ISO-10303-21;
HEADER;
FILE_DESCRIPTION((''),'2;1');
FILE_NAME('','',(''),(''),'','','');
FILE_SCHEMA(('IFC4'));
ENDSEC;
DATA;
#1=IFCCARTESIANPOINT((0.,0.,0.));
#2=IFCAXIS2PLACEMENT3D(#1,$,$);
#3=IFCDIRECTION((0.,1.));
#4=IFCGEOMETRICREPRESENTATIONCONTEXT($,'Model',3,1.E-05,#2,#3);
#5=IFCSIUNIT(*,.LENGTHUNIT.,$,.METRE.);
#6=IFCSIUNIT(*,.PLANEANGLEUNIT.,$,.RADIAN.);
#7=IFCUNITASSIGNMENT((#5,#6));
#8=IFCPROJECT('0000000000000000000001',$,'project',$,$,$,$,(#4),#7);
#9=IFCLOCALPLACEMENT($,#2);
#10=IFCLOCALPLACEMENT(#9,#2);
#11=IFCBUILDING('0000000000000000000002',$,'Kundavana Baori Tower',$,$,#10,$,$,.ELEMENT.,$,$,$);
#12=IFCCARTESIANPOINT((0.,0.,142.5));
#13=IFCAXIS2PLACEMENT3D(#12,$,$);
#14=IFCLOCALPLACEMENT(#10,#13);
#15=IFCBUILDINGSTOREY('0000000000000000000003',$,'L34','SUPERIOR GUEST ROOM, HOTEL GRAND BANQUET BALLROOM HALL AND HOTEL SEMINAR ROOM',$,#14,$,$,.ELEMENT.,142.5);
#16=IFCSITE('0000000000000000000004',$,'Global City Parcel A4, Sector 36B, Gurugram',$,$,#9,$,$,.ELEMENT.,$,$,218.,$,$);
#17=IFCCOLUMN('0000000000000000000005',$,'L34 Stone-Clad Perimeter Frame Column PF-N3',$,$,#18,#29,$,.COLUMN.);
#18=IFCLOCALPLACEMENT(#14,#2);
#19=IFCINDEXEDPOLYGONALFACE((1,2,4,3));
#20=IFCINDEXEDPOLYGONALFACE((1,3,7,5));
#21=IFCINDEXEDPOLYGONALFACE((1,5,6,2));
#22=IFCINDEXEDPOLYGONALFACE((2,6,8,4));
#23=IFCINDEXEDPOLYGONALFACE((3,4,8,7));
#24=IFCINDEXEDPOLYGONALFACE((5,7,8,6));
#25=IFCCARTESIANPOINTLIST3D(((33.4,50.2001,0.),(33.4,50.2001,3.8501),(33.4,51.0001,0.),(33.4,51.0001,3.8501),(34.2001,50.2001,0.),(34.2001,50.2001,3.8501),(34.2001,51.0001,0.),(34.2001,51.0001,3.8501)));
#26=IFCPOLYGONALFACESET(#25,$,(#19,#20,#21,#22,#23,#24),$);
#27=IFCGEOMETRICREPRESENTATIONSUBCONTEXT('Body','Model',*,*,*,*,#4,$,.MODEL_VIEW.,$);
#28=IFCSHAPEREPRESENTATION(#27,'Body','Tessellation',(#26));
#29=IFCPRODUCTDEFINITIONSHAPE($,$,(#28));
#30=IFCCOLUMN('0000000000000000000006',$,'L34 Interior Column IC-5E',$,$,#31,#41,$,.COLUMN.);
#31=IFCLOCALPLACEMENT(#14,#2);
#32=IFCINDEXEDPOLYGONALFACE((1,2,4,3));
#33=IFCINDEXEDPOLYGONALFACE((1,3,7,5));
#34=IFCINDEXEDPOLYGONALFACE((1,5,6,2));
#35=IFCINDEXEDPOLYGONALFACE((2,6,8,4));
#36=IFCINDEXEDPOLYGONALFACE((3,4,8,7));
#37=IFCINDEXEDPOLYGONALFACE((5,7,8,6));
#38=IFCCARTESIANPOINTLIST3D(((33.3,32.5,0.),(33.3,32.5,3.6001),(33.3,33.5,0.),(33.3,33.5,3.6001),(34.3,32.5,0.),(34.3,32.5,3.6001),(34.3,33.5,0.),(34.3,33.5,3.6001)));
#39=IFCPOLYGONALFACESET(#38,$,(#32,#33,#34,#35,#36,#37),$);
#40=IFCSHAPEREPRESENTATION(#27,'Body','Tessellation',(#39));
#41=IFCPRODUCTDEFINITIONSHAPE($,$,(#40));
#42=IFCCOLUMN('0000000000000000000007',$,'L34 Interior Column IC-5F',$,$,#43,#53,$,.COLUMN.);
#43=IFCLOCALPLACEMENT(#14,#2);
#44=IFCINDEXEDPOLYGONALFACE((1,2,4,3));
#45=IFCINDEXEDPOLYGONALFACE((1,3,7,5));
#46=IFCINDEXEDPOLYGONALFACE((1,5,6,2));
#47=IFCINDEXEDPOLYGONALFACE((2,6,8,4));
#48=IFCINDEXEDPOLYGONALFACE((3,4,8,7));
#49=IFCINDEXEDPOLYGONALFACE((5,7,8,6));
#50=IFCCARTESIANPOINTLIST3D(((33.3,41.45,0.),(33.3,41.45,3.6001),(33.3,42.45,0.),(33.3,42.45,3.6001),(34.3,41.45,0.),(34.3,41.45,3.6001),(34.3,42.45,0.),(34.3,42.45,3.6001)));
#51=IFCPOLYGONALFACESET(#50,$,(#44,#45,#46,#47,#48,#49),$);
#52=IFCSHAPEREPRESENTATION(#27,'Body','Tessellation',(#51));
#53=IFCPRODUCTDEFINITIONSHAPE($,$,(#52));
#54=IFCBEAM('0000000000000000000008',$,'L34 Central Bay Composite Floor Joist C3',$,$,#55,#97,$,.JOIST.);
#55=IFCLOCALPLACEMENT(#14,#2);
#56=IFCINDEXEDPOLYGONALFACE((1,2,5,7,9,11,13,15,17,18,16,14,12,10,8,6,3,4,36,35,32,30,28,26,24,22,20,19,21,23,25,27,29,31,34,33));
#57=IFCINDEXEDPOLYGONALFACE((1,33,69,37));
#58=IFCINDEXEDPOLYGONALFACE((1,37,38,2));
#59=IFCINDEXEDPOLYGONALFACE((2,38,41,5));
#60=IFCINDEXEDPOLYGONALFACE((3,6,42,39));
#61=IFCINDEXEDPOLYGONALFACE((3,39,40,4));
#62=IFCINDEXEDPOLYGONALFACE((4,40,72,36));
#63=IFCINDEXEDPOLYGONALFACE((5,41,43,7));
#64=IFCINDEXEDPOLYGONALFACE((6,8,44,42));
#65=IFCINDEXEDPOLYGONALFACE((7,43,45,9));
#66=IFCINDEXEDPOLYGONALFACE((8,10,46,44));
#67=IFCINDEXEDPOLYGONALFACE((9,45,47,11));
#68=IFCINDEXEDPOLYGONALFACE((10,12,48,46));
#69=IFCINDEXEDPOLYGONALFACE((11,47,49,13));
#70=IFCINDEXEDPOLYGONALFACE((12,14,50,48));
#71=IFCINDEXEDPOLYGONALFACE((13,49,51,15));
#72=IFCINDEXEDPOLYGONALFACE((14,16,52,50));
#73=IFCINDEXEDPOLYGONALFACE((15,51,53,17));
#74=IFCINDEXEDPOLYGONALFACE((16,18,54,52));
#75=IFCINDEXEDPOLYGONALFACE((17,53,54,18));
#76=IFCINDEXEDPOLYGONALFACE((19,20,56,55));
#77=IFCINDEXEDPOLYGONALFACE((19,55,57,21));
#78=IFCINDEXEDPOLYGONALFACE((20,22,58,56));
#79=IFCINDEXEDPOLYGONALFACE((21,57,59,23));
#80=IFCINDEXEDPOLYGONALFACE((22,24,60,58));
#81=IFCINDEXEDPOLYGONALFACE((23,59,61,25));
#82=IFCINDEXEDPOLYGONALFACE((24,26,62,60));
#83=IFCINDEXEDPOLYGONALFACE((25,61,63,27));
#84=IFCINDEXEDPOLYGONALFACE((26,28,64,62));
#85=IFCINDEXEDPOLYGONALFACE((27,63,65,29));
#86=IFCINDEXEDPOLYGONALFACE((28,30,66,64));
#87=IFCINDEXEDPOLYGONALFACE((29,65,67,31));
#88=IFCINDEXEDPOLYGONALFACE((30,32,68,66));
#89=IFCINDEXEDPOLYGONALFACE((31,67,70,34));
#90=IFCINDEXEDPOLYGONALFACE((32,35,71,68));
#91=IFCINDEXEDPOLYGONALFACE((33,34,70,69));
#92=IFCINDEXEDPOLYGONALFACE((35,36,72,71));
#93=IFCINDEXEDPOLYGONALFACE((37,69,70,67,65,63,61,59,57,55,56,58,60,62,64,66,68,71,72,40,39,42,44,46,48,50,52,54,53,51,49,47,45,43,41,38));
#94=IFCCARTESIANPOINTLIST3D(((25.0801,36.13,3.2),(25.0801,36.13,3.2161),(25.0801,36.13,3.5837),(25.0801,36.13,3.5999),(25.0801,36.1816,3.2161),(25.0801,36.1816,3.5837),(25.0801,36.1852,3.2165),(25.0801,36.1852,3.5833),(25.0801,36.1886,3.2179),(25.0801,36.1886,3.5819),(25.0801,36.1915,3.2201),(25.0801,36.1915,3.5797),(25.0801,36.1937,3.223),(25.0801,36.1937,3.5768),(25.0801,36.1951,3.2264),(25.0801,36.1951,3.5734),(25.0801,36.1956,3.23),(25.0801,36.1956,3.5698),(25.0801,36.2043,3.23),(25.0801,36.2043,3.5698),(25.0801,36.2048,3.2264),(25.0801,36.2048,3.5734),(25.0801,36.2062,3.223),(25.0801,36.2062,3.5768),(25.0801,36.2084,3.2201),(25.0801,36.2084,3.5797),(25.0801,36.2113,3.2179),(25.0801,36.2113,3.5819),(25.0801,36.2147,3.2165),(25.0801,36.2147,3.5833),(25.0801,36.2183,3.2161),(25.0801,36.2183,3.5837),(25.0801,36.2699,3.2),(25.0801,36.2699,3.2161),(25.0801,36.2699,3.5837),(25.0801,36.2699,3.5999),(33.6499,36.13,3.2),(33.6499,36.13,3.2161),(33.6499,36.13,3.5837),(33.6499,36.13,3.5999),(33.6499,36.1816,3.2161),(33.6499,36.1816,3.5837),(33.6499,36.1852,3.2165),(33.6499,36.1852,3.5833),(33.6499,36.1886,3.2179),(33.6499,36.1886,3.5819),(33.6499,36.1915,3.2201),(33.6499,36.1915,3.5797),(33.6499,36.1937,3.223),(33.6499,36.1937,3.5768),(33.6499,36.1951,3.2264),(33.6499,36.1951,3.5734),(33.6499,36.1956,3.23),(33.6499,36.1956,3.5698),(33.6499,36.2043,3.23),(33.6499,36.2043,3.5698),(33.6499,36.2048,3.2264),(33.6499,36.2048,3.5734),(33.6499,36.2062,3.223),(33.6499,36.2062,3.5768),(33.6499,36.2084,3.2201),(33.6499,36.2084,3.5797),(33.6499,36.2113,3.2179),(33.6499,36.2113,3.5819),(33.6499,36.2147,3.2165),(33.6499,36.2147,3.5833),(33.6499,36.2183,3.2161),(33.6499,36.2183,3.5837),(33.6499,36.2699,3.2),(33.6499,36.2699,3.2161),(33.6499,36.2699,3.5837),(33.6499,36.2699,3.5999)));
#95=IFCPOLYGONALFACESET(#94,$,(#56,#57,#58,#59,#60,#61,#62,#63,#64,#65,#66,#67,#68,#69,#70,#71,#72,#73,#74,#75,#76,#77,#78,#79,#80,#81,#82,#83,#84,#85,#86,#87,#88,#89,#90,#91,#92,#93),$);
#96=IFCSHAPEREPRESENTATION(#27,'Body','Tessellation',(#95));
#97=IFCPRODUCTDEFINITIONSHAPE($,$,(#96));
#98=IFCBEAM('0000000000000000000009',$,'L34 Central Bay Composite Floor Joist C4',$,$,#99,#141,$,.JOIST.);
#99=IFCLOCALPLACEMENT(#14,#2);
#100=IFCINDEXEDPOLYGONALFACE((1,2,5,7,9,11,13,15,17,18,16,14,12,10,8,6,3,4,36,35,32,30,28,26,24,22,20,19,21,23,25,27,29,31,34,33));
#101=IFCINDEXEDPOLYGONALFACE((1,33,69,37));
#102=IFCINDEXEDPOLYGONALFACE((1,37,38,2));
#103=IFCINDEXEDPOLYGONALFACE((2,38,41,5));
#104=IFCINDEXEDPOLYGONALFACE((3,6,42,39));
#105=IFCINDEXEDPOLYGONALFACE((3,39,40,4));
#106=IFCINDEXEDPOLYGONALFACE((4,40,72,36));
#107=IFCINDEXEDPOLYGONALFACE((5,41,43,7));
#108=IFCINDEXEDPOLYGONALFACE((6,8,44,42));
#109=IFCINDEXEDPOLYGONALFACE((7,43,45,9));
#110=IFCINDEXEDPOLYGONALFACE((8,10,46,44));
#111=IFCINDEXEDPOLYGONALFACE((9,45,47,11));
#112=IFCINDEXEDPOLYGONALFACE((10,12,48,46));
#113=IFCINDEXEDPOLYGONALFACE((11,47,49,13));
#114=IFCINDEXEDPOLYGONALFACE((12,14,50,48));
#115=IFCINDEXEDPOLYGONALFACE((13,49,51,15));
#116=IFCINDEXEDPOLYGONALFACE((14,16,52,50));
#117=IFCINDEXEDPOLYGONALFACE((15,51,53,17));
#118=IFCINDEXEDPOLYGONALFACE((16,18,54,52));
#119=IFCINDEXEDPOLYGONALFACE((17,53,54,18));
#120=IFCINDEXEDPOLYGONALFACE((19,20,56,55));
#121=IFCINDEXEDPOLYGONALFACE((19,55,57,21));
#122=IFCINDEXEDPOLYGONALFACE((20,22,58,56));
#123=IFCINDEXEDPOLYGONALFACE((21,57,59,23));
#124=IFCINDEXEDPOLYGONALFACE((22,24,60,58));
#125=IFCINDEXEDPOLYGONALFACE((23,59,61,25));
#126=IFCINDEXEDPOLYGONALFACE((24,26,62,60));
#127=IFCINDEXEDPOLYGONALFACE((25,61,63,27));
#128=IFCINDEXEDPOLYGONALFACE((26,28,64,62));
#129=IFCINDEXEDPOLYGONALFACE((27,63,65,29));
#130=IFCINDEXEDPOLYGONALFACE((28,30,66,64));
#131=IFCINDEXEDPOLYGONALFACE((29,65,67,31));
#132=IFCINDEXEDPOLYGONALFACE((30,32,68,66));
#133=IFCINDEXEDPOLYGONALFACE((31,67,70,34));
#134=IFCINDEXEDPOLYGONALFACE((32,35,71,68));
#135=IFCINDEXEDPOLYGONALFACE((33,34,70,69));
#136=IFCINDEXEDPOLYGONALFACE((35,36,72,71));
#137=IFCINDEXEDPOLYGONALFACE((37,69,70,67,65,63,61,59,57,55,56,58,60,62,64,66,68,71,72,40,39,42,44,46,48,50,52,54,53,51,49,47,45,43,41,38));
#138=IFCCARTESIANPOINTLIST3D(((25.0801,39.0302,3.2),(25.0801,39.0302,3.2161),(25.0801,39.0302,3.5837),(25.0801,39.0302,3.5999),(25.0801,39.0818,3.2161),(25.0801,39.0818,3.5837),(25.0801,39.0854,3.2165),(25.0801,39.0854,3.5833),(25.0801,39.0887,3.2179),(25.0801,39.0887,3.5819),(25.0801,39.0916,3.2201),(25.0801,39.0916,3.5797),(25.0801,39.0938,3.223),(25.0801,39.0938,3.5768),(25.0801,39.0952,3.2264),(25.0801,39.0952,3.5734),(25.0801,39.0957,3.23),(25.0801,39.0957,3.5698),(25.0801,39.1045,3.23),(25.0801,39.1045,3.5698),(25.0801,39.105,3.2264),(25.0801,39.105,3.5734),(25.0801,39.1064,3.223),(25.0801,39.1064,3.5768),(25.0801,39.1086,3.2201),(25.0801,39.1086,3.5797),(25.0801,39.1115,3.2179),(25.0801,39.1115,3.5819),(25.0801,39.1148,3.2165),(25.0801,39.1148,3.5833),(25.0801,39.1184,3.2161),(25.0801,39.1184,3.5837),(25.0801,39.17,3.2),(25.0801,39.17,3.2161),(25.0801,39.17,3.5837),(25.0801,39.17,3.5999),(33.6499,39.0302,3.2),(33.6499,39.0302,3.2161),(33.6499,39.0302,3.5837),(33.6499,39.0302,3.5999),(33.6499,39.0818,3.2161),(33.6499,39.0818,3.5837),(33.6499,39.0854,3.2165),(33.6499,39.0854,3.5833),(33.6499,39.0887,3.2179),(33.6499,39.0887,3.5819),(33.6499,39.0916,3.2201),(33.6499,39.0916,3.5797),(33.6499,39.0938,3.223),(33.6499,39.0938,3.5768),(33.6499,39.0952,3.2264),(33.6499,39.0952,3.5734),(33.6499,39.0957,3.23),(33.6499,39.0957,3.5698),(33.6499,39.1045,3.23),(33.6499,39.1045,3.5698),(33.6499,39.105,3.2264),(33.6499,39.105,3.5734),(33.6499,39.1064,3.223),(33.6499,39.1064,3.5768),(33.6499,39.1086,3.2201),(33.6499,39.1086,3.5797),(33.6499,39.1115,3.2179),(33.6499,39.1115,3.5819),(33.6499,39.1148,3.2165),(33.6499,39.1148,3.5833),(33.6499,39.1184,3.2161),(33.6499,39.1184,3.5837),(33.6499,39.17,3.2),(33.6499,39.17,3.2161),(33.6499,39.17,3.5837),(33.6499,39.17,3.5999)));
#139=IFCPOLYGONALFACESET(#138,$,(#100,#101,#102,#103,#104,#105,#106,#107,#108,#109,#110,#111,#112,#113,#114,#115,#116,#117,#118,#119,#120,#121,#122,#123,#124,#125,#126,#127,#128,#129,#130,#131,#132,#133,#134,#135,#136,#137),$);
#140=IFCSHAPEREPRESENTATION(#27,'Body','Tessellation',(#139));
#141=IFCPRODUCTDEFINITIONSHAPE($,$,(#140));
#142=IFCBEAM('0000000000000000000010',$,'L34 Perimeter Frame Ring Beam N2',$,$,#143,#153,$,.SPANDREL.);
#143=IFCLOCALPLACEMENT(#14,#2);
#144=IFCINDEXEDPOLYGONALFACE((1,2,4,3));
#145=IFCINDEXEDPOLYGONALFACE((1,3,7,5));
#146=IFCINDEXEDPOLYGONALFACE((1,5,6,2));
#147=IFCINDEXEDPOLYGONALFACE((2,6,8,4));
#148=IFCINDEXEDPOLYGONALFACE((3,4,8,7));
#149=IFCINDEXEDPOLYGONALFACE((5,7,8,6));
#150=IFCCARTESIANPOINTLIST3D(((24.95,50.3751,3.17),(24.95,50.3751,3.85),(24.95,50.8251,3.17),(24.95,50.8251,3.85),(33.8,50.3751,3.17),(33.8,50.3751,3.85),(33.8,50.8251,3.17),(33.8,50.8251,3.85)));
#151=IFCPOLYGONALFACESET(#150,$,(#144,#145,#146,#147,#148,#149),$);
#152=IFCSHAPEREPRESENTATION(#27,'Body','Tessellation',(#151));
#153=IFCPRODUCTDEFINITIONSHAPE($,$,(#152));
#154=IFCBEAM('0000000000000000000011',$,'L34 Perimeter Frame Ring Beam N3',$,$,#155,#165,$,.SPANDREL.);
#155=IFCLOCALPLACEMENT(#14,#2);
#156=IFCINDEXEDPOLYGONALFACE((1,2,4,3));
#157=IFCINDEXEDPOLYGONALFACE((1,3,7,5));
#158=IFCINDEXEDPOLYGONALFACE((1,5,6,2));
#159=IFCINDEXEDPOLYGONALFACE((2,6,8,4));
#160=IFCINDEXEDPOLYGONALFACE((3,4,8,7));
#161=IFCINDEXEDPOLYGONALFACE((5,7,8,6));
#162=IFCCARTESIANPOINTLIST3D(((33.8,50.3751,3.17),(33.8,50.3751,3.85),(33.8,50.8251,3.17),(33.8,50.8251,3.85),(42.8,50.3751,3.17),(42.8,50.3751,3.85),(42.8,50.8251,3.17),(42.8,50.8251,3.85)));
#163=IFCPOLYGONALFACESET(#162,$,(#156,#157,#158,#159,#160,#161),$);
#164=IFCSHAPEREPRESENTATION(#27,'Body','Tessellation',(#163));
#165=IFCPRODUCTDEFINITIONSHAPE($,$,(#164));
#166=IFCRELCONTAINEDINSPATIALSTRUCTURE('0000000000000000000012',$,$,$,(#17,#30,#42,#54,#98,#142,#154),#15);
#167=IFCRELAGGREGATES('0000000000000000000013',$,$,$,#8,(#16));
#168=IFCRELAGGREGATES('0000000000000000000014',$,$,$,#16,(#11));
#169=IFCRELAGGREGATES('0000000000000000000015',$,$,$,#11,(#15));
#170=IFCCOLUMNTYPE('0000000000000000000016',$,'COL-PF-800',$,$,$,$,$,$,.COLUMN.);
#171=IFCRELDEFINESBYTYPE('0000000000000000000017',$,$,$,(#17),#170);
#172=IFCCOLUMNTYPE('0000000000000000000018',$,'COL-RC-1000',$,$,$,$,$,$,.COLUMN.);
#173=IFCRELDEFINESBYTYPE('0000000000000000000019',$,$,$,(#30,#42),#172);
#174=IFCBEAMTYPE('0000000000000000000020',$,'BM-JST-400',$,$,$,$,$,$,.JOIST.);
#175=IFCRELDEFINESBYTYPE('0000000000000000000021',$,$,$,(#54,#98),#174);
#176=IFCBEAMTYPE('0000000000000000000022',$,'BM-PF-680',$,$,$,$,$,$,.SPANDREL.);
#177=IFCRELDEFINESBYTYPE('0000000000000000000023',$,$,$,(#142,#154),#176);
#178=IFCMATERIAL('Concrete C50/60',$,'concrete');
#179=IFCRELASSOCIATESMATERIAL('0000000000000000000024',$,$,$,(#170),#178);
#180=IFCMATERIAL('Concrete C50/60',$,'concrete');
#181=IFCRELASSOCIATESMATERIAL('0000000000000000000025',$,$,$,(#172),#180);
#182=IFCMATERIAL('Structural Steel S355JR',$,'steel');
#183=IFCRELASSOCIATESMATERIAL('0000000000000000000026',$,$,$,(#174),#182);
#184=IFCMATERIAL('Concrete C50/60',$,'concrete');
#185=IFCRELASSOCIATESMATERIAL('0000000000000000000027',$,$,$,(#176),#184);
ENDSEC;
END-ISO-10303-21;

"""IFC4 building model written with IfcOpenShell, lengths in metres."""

from ifc_helpers import new_model, si_unit, direction, frame, origin, origin_2d, place, context, subcontext, project, spatial, rectangle, i_section, extrude, material, material_profile, profile_set, type_object, element, save


model = new_model("IFC4")

# Units and contexts
model_context = context("Model", 3, precision=1e-05, world=origin(), true_north=direction((0.0, 1.0)))
body_context = subcontext(model_context, "Body", "Model", "MODEL_VIEW")
ifc_project = project(units=[si_unit("LENGTHUNIT", "METRE"), si_unit("PLANEANGLEUNIT", "RADIAN")], contexts=[model_context])

# Site, building, storey
site_placement = place(None, origin())
site = spatial("IfcSite", under=ifc_project, at=site_placement, Name="Global City Parcel A4, Sector 36B, Gurugram", CompositionType="ELEMENT", RefElevation=218.0)
building_placement = place(site_placement, origin())
building = spatial("IfcBuilding", under=site, at=building_placement, Name="Kundavana Baori Tower", CompositionType="ELEMENT")
storey_placement = place(building_placement, frame((0.0, 0.0, 142.5)))
storey = spatial("IfcBuildingStorey", under=building, at=storey_placement, Name="L34", Description="SUPERIOR GUEST ROOM, HOTEL GRAND BANQUET BALLROOM HALL AND HOTEL SEMINAR ROOM", CompositionType="ELEMENT", Elevation=142.5)

# Columns
ifc_material_1 = material(Name="Concrete C50/60", Category="concrete")
ifc_material_profile_1 = material_profile(ifc_material_1, rectangle(XDim=0.8, YDim=0.8, at=origin_2d()), Name="RC PF 800x800")
ifc_profile_set_1 = profile_set([ifc_material_profile_1], Name="Concrete C50/60")
column_type_1 = type_object("IfcColumnType", Name="COL-PF-800", PredefinedType="COLUMN", material=ifc_profile_set_1)
column_placement = place(storey_placement, frame((33.8, 50.6001, 0.0), z_axis=(0.0, 0.0, 1.0), x_axis=(1.0, 0.0, 0.0)))
element("IfcColumn", 1, at=column_placement, inside=storey, type_object=column_type_1, Name="L34 Stone-Clad Perimeter Frame Column PF-N3", PredefinedType="COLUMN", context=body_context, shape_type="SweptSolid", body=[
    extrude(rectangle(XDim=0.8, YDim=0.8, at=origin_2d()), origin(), (0.0, 0.0, 1.0), 3.8501),
])
ifc_material_2 = material(Name="Concrete C50/60", Category="concrete")
ifc_material_profile_2 = material_profile(ifc_material_2, rectangle(XDim=1.0, YDim=1.0, at=origin_2d()), Name="RC 1000x1000")
ifc_profile_set_2 = profile_set([ifc_material_profile_2], Name="Concrete C50/60")
column_type_2 = type_object("IfcColumnType", Name="COL-RC-1000", PredefinedType="COLUMN", material=ifc_profile_set_2)
for number, where, z_axis, x_axis, name in (
    (2, (33.8, 33.0, 0.0), (0.0, 0.0, 1.0), (1.0, 0.0, 0.0), "L34 Interior Column IC-5E"),
    (3, (33.8, 41.95, 0.0), (0.0, 0.0, 1.0), (1.0, 0.0, 0.0), "L34 Interior Column IC-5F"),
):
    element("IfcColumn", number, at=place(storey_placement, frame(where, z_axis=z_axis, x_axis=x_axis)), inside=storey, type_object=column_type_2, Name=name, PredefinedType="COLUMN", context=body_context, shape_type="SweptSolid", body=[
        extrude(rectangle(XDim=1.0, YDim=1.0, at=origin_2d()), origin(), (0.0, 0.0, 1.0), 3.6001),
    ])

# Beams
ifc_material_3 = material(Name="Structural Steel S355JR", Category="steel")
ifc_material_profile_3 = material_profile(ifc_material_3, i_section(OverallWidth=0.1399, OverallDepth=0.3999, WebThickness=0.0088, FlangeThickness=0.0161, FilletRadius=0.0139, at=origin_2d()), Name="ISMB 400")
ifc_profile_set_3 = profile_set([ifc_material_profile_3], Name="Structural Steel S355JR")
beam_type_1 = type_object("IfcBeamType", Name="BM-JST-400", PredefinedType="JOIST", material=ifc_profile_set_3)
for number, where, z_axis, x_axis, name in (
    (4, (25.0801, 36.2, 3.3999), (1.0, 0.0, 0.0), (0.0, 1.0, 0.0), "L34 Central Bay Composite Floor Joist C3"),
    (5, (25.0801, 39.1001, 3.3999), (1.0, 0.0, 0.0), (0.0, 1.0, 0.0), "L34 Central Bay Composite Floor Joist C4"),
):
    element("IfcBeam", number, at=place(storey_placement, frame(where, z_axis=z_axis, x_axis=x_axis)), inside=storey, type_object=beam_type_1, Name=name, PredefinedType="JOIST", context=body_context, shape_type="SweptSolid", body=[
        extrude(i_section(OverallWidth=0.1399, OverallDepth=0.3999, WebThickness=0.0088, FlangeThickness=0.0161, FilletRadius=0.0139, at=origin_2d()), origin(), (0.0, 0.0, 1.0), 8.5698),
    ])
ifc_material_4 = material(Name="Concrete C50/60", Category="concrete")
ifc_material_profile_4 = material_profile(ifc_material_4, rectangle(XDim=0.45, YDim=0.6799, at=origin_2d()), Name="RC BM 450x680")
ifc_profile_set_4 = profile_set([ifc_material_profile_4], Name="Concrete C50/60")
beam_type_2 = type_object("IfcBeamType", Name="BM-PF-680", PredefinedType="SPANDREL", material=ifc_profile_set_4)
beam_1_placement = place(storey_placement, frame((24.95, 50.6001, 3.51), z_axis=(1.0, 0.0, 0.0), x_axis=(0.0, 1.0, 0.0)))
element("IfcBeam", 6, at=beam_1_placement, inside=storey, type_object=beam_type_2, Name="L34 Perimeter Frame Ring Beam N2", PredefinedType="SPANDREL", context=body_context, shape_type="SweptSolid", body=[
    extrude(rectangle(XDim=0.45, YDim=0.6799, at=origin_2d()), origin(), (0.0, 0.0, 1.0), 8.8501),
])
beam_2_placement = place(storey_placement, frame((33.8, 50.6001, 3.51), z_axis=(1.0, 0.0, 0.0), x_axis=(0.0, 1.0, 0.0)))
element("IfcBeam", 7, at=beam_2_placement, inside=storey, type_object=beam_type_2, Name="L34 Perimeter Frame Ring Beam N3", PredefinedType="SPANDREL", context=body_context, shape_type="SweptSolid", body=[
    extrude(rectangle(XDim=0.45, YDim=0.6799, at=origin_2d()), origin(), (0.0, 0.0, 1.0), 9.0),
])

save(model, "model.ifc")
